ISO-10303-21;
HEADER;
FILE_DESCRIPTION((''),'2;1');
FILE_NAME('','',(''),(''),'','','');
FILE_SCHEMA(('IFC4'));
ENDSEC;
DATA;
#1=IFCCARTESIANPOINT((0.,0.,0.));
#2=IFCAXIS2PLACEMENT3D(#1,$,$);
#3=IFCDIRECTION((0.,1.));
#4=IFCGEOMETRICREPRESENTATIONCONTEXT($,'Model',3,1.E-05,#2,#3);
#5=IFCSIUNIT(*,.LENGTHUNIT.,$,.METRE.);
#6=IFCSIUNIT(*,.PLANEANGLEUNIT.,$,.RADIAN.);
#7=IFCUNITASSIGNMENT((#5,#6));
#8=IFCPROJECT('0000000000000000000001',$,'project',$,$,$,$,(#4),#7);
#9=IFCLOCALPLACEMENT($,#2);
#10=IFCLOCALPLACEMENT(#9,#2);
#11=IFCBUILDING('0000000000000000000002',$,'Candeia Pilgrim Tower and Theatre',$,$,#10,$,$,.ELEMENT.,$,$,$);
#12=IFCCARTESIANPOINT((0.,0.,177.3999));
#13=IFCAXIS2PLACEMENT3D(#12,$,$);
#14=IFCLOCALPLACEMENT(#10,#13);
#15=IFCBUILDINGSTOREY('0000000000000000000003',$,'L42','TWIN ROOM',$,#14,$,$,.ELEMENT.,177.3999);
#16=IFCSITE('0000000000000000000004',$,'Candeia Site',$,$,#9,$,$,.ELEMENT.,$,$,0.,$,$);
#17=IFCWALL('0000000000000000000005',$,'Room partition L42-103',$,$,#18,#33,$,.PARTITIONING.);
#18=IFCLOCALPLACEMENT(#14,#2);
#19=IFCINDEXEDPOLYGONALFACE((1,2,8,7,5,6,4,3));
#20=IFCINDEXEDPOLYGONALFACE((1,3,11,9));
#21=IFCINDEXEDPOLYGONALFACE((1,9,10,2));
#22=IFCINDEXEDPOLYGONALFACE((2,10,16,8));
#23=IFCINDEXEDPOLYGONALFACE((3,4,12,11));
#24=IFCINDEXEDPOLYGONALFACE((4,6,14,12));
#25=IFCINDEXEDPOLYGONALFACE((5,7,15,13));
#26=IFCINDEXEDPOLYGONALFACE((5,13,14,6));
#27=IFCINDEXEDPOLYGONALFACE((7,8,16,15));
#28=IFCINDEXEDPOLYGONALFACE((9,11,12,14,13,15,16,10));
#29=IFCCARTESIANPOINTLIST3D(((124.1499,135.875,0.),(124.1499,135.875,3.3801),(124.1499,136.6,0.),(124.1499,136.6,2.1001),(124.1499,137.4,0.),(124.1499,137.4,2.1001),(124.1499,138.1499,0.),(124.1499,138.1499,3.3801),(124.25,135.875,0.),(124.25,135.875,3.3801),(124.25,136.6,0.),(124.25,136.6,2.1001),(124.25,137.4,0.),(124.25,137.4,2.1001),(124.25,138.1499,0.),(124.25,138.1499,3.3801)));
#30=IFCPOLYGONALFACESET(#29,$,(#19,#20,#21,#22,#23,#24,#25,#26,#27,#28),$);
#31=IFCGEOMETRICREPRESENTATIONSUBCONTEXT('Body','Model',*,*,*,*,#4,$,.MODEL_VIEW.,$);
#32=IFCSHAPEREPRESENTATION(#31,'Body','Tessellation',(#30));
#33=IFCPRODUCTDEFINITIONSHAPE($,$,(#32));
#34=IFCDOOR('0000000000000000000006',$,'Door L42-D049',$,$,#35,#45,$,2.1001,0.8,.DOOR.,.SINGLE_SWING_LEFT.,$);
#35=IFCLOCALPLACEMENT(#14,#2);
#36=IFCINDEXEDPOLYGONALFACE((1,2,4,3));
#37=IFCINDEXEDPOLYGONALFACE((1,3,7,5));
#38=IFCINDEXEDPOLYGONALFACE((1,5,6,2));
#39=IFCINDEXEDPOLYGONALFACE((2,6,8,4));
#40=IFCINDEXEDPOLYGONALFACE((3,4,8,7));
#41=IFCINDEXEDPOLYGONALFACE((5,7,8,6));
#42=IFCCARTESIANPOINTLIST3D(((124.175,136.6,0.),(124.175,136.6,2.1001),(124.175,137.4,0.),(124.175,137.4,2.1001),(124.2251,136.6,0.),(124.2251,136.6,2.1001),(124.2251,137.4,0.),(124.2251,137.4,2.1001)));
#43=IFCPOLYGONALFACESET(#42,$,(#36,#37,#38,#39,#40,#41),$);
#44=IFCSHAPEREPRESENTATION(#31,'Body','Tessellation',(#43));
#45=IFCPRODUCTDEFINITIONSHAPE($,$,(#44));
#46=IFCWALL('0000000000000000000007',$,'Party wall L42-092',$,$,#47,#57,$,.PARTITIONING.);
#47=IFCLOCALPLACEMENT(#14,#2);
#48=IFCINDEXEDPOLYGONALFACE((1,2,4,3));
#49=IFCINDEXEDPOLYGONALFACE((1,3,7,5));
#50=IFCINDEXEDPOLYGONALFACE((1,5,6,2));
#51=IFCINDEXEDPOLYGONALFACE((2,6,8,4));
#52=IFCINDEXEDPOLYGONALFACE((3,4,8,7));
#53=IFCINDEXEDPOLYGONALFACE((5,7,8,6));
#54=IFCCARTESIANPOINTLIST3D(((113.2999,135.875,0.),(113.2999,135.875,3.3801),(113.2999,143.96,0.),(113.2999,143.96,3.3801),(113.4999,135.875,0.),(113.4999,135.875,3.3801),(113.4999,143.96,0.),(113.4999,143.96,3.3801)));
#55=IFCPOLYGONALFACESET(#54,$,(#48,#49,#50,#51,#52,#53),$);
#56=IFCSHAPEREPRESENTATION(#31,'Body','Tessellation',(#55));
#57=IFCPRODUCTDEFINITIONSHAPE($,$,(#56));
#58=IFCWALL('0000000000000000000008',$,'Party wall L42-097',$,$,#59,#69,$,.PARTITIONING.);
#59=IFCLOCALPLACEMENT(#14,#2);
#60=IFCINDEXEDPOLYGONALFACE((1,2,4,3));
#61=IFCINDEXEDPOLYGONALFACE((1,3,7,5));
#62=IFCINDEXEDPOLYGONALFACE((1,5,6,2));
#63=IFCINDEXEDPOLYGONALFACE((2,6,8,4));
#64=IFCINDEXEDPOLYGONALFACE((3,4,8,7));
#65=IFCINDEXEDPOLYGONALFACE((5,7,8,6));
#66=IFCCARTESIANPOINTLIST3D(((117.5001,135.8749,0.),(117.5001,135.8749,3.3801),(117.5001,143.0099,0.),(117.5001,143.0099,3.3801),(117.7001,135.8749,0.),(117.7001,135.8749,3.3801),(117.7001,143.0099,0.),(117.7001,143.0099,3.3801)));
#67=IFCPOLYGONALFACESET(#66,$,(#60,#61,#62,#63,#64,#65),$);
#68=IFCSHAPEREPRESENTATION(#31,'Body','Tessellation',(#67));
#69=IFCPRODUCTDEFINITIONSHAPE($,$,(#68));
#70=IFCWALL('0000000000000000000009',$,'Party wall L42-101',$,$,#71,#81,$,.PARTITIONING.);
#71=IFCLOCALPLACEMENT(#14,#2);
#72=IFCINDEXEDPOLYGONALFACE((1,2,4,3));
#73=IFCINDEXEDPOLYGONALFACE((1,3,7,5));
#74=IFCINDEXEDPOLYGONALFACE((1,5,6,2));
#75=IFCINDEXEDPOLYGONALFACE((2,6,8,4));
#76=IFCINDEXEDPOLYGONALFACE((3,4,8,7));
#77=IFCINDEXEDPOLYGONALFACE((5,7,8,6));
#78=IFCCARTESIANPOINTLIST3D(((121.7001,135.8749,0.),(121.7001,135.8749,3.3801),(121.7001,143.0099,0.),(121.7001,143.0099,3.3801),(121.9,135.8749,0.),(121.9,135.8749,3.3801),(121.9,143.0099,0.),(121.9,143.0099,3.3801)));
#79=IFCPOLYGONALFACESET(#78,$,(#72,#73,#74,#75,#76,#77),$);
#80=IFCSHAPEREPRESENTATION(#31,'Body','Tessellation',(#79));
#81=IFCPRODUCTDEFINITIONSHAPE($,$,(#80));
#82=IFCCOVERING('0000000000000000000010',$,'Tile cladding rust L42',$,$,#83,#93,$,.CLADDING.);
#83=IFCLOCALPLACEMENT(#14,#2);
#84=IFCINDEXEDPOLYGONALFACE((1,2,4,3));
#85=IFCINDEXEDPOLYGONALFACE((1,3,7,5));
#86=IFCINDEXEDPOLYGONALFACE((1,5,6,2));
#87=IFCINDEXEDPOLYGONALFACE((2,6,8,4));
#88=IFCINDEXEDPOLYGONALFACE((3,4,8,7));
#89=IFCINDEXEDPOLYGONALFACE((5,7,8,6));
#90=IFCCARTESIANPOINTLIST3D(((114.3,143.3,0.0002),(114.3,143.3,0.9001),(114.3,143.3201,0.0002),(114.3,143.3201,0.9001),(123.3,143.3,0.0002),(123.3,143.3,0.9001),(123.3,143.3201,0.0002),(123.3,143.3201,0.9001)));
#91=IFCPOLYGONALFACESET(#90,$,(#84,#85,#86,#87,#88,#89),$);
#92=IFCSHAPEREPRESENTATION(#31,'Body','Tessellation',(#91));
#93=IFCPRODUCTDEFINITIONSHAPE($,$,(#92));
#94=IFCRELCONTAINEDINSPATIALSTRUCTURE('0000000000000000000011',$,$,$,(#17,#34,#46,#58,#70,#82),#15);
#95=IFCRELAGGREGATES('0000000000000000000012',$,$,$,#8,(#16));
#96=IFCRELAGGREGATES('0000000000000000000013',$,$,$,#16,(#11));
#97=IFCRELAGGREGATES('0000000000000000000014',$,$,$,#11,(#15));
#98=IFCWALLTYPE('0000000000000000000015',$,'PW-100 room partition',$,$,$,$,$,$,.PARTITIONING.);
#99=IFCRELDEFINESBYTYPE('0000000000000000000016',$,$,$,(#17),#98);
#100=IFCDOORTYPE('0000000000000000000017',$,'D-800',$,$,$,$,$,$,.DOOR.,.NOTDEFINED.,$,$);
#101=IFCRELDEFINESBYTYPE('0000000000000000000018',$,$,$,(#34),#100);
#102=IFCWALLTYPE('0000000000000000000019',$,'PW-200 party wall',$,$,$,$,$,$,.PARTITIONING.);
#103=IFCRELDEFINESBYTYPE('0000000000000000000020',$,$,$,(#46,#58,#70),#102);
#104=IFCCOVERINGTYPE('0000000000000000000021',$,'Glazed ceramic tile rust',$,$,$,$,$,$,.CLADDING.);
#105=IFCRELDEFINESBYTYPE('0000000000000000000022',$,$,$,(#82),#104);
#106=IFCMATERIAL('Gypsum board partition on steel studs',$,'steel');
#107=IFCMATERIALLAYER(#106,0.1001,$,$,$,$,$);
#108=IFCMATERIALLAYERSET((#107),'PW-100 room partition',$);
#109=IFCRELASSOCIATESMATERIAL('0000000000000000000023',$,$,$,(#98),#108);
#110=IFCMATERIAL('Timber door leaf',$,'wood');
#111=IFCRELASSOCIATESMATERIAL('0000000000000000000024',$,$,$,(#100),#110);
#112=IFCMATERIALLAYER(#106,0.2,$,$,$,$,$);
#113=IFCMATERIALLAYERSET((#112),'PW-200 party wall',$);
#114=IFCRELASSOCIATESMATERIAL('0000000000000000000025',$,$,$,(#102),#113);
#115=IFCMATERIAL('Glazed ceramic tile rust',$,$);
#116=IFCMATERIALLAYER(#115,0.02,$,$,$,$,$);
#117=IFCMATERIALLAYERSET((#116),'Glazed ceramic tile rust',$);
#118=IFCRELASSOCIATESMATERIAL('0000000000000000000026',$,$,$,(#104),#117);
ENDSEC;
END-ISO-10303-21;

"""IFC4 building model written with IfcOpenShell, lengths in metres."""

from ifc_helpers import new_model, si_unit, direction, frame, frame_2d, origin, origin_2d, place, context, subcontext, project, spatial, rectangle, extrude, material, layer, layer_set, type_object, element, fill, save


model = new_model("IFC4")

# Units and contexts
model_context = context("Model", 3, precision=1e-05, world=origin(), true_north=direction((0.0, 1.0)))
body_context = subcontext(model_context, "Body", "Model", "MODEL_VIEW")
ifc_project = project(units=[si_unit("LENGTHUNIT", "METRE"), si_unit("PLANEANGLEUNIT", "RADIAN")], contexts=[model_context])

# Site, building, storey
site_placement = place(None, origin())
site = spatial("IfcSite", under=ifc_project, at=site_placement, Name="Candeia Site", CompositionType="ELEMENT", RefElevation=0.0)
building_placement = place(site_placement, origin())
building = spatial("IfcBuilding", under=site, at=building_placement, Name="Candeia Pilgrim Tower and Theatre", CompositionType="ELEMENT")
storey_placement = place(building_placement, frame((0.0, 0.0, 177.3999)))
storey = spatial("IfcBuildingStorey", under=building, at=storey_placement, Name="L42", Description="TWIN ROOM", CompositionType="ELEMENT", Elevation=177.3999)

# Shared definitions
ifc_material_1 = material(Name="Gypsum board partition on steel studs", Category="steel")
ifc_layer_1 = layer(ifc_material_1, 0.1001)
ifc_layer_set_1 = layer_set([ifc_layer_1], Name="PW-100 room partition")
wall_type_1 = type_object("IfcWallType", Name="PW-100 room partition", PredefinedType="PARTITIONING", material=ifc_layer_set_1)

# Wall, opening, door
ifc_material_2 = material(Name="Timber door leaf", Category="wood")
door_type_1 = type_object("IfcDoorType", Name="D-800", OperationType="NOTDEFINED", PredefinedType="DOOR", material=ifc_material_2)
wall_1_placement = place(storey_placement, frame((124.2, 135.875, 0.0), z_axis=(0.0, 0.0, 1.0), x_axis=(0.0, 1.0, 0.0)))
wall_1 = element("IfcWall", 1, at=wall_1_placement, inside=storey, type_object=wall_type_1, Name="Room partition L42-103", PredefinedType="PARTITIONING", context=body_context, shape_type="SweptSolid", body=[
    extrude(rectangle(XDim=2.2749, YDim=0.1001, at=frame_2d((1.1375, 0.0))), origin(), (0.0, 0.0, 1.0), 3.3801),
])
opening_1_placement = place(wall_1_placement, frame((0.7251, 0.0, 0.0)))
opening_1 = element("IfcOpeningElement", 2, at=opening_1_placement, cuts=wall_1, PredefinedType="OPENING", context=body_context, shape_type="SweptSolid", body=[
    extrude(rectangle(XDim=0.8, YDim=2.1001, at=frame_2d((0.3999, 1.05))), frame((0.0, 0.0601, 0.0), z_axis=(0.0, -1.0, 0.0), x_axis=(1.0, 0.0, 0.0)), (0.0, 0.0, 1.0), 0.1201),
])
door_1_placement = place(opening_1_placement, origin())
door_1 = element("IfcDoor", 3, at=door_1_placement, inside=storey, type_object=door_type_1, Name="Door L42-D049", OperationType="SINGLE_SWING_LEFT", OverallHeight=2.1001, OverallWidth=0.8, PredefinedType="DOOR", context=body_context, shape_type="SweptSolid", body=[
    extrude(rectangle(XDim=0.8, YDim=2.1001, at=frame_2d((0.3999, 1.05))), frame((0.0, 0.0249, 0.0), z_axis=(0.0, -1.0, 0.0), x_axis=(1.0, 0.0, 0.0)), (0.0, 0.0, 1.0), 0.05),
])
fill(opening_1, door_1)

# Walls
ifc_layer_2 = layer(ifc_material_1, 0.2)
ifc_layer_set_2 = layer_set([ifc_layer_2], Name="PW-200 party wall")
wall_type_2 = type_object("IfcWallType", Name="PW-200 party wall", PredefinedType="PARTITIONING", material=ifc_layer_set_2)
wall_2_placement = place(storey_placement, frame((113.3999, 135.875, 0.0), z_axis=(0.0, 0.0, 1.0), x_axis=(0.0, 1.0, 0.0)))
element("IfcWall", 4, at=wall_2_placement, inside=storey, type_object=wall_type_2, Name="Party wall L42-092", PredefinedType="PARTITIONING", context=body_context, shape_type="SweptSolid", body=[
    extrude(rectangle(XDim=8.085, YDim=0.2, at=frame_2d((4.0425, 0.0))), origin(), (0.0, 0.0, 1.0), 3.3801),
])
for number, where, z_axis, x_axis, name in (
    (5, (117.6001, 135.875, 0.0), (0.0, 0.0, 1.0), (0.0, 1.0, 0.0), "Party wall L42-097"),
    (6, (121.8, 135.875, 0.0), (0.0, 0.0, 1.0), (0.0, 1.0, 0.0), "Party wall L42-101"),
):
    element("IfcWall", number, at=place(storey_placement, frame(where, z_axis=z_axis, x_axis=x_axis)), inside=storey, type_object=wall_type_2, Name=name, PredefinedType="PARTITIONING", context=body_context, shape_type="SweptSolid", body=[
        extrude(rectangle(XDim=7.135, YDim=0.2, at=frame_2d((3.5674, 0.0))), origin(), (0.0, 0.0, 1.0), 3.3801),
    ])

# Covering
ifc_material_3 = material(Name="Glazed ceramic tile rust")
ifc_layer_3 = layer(ifc_material_3, 0.02)
ifc_layer_set_3 = layer_set([ifc_layer_3], Name="Glazed ceramic tile rust")
covering_type = type_object("IfcCoveringType", Name="Glazed ceramic tile rust", PredefinedType="CLADDING", material=ifc_layer_set_3)
covering_placement = place(storey_placement, frame((118.8, 143.3101, 0.0002), z_axis=(0.0, 0.0, 1.0), x_axis=(-1.0, 0.0, 0.0)))
element("IfcCovering", 7, at=covering_placement, inside=storey, type_object=covering_type, Name="Tile cladding rust L42", PredefinedType="CLADDING", context=body_context, shape_type="SweptSolid", body=[
    extrude(rectangle(XDim=9.0, YDim=0.02, at=origin_2d()), origin(), (0.0, 0.0, 1.0), 0.8999),
])

save(model, "model.ifc")
